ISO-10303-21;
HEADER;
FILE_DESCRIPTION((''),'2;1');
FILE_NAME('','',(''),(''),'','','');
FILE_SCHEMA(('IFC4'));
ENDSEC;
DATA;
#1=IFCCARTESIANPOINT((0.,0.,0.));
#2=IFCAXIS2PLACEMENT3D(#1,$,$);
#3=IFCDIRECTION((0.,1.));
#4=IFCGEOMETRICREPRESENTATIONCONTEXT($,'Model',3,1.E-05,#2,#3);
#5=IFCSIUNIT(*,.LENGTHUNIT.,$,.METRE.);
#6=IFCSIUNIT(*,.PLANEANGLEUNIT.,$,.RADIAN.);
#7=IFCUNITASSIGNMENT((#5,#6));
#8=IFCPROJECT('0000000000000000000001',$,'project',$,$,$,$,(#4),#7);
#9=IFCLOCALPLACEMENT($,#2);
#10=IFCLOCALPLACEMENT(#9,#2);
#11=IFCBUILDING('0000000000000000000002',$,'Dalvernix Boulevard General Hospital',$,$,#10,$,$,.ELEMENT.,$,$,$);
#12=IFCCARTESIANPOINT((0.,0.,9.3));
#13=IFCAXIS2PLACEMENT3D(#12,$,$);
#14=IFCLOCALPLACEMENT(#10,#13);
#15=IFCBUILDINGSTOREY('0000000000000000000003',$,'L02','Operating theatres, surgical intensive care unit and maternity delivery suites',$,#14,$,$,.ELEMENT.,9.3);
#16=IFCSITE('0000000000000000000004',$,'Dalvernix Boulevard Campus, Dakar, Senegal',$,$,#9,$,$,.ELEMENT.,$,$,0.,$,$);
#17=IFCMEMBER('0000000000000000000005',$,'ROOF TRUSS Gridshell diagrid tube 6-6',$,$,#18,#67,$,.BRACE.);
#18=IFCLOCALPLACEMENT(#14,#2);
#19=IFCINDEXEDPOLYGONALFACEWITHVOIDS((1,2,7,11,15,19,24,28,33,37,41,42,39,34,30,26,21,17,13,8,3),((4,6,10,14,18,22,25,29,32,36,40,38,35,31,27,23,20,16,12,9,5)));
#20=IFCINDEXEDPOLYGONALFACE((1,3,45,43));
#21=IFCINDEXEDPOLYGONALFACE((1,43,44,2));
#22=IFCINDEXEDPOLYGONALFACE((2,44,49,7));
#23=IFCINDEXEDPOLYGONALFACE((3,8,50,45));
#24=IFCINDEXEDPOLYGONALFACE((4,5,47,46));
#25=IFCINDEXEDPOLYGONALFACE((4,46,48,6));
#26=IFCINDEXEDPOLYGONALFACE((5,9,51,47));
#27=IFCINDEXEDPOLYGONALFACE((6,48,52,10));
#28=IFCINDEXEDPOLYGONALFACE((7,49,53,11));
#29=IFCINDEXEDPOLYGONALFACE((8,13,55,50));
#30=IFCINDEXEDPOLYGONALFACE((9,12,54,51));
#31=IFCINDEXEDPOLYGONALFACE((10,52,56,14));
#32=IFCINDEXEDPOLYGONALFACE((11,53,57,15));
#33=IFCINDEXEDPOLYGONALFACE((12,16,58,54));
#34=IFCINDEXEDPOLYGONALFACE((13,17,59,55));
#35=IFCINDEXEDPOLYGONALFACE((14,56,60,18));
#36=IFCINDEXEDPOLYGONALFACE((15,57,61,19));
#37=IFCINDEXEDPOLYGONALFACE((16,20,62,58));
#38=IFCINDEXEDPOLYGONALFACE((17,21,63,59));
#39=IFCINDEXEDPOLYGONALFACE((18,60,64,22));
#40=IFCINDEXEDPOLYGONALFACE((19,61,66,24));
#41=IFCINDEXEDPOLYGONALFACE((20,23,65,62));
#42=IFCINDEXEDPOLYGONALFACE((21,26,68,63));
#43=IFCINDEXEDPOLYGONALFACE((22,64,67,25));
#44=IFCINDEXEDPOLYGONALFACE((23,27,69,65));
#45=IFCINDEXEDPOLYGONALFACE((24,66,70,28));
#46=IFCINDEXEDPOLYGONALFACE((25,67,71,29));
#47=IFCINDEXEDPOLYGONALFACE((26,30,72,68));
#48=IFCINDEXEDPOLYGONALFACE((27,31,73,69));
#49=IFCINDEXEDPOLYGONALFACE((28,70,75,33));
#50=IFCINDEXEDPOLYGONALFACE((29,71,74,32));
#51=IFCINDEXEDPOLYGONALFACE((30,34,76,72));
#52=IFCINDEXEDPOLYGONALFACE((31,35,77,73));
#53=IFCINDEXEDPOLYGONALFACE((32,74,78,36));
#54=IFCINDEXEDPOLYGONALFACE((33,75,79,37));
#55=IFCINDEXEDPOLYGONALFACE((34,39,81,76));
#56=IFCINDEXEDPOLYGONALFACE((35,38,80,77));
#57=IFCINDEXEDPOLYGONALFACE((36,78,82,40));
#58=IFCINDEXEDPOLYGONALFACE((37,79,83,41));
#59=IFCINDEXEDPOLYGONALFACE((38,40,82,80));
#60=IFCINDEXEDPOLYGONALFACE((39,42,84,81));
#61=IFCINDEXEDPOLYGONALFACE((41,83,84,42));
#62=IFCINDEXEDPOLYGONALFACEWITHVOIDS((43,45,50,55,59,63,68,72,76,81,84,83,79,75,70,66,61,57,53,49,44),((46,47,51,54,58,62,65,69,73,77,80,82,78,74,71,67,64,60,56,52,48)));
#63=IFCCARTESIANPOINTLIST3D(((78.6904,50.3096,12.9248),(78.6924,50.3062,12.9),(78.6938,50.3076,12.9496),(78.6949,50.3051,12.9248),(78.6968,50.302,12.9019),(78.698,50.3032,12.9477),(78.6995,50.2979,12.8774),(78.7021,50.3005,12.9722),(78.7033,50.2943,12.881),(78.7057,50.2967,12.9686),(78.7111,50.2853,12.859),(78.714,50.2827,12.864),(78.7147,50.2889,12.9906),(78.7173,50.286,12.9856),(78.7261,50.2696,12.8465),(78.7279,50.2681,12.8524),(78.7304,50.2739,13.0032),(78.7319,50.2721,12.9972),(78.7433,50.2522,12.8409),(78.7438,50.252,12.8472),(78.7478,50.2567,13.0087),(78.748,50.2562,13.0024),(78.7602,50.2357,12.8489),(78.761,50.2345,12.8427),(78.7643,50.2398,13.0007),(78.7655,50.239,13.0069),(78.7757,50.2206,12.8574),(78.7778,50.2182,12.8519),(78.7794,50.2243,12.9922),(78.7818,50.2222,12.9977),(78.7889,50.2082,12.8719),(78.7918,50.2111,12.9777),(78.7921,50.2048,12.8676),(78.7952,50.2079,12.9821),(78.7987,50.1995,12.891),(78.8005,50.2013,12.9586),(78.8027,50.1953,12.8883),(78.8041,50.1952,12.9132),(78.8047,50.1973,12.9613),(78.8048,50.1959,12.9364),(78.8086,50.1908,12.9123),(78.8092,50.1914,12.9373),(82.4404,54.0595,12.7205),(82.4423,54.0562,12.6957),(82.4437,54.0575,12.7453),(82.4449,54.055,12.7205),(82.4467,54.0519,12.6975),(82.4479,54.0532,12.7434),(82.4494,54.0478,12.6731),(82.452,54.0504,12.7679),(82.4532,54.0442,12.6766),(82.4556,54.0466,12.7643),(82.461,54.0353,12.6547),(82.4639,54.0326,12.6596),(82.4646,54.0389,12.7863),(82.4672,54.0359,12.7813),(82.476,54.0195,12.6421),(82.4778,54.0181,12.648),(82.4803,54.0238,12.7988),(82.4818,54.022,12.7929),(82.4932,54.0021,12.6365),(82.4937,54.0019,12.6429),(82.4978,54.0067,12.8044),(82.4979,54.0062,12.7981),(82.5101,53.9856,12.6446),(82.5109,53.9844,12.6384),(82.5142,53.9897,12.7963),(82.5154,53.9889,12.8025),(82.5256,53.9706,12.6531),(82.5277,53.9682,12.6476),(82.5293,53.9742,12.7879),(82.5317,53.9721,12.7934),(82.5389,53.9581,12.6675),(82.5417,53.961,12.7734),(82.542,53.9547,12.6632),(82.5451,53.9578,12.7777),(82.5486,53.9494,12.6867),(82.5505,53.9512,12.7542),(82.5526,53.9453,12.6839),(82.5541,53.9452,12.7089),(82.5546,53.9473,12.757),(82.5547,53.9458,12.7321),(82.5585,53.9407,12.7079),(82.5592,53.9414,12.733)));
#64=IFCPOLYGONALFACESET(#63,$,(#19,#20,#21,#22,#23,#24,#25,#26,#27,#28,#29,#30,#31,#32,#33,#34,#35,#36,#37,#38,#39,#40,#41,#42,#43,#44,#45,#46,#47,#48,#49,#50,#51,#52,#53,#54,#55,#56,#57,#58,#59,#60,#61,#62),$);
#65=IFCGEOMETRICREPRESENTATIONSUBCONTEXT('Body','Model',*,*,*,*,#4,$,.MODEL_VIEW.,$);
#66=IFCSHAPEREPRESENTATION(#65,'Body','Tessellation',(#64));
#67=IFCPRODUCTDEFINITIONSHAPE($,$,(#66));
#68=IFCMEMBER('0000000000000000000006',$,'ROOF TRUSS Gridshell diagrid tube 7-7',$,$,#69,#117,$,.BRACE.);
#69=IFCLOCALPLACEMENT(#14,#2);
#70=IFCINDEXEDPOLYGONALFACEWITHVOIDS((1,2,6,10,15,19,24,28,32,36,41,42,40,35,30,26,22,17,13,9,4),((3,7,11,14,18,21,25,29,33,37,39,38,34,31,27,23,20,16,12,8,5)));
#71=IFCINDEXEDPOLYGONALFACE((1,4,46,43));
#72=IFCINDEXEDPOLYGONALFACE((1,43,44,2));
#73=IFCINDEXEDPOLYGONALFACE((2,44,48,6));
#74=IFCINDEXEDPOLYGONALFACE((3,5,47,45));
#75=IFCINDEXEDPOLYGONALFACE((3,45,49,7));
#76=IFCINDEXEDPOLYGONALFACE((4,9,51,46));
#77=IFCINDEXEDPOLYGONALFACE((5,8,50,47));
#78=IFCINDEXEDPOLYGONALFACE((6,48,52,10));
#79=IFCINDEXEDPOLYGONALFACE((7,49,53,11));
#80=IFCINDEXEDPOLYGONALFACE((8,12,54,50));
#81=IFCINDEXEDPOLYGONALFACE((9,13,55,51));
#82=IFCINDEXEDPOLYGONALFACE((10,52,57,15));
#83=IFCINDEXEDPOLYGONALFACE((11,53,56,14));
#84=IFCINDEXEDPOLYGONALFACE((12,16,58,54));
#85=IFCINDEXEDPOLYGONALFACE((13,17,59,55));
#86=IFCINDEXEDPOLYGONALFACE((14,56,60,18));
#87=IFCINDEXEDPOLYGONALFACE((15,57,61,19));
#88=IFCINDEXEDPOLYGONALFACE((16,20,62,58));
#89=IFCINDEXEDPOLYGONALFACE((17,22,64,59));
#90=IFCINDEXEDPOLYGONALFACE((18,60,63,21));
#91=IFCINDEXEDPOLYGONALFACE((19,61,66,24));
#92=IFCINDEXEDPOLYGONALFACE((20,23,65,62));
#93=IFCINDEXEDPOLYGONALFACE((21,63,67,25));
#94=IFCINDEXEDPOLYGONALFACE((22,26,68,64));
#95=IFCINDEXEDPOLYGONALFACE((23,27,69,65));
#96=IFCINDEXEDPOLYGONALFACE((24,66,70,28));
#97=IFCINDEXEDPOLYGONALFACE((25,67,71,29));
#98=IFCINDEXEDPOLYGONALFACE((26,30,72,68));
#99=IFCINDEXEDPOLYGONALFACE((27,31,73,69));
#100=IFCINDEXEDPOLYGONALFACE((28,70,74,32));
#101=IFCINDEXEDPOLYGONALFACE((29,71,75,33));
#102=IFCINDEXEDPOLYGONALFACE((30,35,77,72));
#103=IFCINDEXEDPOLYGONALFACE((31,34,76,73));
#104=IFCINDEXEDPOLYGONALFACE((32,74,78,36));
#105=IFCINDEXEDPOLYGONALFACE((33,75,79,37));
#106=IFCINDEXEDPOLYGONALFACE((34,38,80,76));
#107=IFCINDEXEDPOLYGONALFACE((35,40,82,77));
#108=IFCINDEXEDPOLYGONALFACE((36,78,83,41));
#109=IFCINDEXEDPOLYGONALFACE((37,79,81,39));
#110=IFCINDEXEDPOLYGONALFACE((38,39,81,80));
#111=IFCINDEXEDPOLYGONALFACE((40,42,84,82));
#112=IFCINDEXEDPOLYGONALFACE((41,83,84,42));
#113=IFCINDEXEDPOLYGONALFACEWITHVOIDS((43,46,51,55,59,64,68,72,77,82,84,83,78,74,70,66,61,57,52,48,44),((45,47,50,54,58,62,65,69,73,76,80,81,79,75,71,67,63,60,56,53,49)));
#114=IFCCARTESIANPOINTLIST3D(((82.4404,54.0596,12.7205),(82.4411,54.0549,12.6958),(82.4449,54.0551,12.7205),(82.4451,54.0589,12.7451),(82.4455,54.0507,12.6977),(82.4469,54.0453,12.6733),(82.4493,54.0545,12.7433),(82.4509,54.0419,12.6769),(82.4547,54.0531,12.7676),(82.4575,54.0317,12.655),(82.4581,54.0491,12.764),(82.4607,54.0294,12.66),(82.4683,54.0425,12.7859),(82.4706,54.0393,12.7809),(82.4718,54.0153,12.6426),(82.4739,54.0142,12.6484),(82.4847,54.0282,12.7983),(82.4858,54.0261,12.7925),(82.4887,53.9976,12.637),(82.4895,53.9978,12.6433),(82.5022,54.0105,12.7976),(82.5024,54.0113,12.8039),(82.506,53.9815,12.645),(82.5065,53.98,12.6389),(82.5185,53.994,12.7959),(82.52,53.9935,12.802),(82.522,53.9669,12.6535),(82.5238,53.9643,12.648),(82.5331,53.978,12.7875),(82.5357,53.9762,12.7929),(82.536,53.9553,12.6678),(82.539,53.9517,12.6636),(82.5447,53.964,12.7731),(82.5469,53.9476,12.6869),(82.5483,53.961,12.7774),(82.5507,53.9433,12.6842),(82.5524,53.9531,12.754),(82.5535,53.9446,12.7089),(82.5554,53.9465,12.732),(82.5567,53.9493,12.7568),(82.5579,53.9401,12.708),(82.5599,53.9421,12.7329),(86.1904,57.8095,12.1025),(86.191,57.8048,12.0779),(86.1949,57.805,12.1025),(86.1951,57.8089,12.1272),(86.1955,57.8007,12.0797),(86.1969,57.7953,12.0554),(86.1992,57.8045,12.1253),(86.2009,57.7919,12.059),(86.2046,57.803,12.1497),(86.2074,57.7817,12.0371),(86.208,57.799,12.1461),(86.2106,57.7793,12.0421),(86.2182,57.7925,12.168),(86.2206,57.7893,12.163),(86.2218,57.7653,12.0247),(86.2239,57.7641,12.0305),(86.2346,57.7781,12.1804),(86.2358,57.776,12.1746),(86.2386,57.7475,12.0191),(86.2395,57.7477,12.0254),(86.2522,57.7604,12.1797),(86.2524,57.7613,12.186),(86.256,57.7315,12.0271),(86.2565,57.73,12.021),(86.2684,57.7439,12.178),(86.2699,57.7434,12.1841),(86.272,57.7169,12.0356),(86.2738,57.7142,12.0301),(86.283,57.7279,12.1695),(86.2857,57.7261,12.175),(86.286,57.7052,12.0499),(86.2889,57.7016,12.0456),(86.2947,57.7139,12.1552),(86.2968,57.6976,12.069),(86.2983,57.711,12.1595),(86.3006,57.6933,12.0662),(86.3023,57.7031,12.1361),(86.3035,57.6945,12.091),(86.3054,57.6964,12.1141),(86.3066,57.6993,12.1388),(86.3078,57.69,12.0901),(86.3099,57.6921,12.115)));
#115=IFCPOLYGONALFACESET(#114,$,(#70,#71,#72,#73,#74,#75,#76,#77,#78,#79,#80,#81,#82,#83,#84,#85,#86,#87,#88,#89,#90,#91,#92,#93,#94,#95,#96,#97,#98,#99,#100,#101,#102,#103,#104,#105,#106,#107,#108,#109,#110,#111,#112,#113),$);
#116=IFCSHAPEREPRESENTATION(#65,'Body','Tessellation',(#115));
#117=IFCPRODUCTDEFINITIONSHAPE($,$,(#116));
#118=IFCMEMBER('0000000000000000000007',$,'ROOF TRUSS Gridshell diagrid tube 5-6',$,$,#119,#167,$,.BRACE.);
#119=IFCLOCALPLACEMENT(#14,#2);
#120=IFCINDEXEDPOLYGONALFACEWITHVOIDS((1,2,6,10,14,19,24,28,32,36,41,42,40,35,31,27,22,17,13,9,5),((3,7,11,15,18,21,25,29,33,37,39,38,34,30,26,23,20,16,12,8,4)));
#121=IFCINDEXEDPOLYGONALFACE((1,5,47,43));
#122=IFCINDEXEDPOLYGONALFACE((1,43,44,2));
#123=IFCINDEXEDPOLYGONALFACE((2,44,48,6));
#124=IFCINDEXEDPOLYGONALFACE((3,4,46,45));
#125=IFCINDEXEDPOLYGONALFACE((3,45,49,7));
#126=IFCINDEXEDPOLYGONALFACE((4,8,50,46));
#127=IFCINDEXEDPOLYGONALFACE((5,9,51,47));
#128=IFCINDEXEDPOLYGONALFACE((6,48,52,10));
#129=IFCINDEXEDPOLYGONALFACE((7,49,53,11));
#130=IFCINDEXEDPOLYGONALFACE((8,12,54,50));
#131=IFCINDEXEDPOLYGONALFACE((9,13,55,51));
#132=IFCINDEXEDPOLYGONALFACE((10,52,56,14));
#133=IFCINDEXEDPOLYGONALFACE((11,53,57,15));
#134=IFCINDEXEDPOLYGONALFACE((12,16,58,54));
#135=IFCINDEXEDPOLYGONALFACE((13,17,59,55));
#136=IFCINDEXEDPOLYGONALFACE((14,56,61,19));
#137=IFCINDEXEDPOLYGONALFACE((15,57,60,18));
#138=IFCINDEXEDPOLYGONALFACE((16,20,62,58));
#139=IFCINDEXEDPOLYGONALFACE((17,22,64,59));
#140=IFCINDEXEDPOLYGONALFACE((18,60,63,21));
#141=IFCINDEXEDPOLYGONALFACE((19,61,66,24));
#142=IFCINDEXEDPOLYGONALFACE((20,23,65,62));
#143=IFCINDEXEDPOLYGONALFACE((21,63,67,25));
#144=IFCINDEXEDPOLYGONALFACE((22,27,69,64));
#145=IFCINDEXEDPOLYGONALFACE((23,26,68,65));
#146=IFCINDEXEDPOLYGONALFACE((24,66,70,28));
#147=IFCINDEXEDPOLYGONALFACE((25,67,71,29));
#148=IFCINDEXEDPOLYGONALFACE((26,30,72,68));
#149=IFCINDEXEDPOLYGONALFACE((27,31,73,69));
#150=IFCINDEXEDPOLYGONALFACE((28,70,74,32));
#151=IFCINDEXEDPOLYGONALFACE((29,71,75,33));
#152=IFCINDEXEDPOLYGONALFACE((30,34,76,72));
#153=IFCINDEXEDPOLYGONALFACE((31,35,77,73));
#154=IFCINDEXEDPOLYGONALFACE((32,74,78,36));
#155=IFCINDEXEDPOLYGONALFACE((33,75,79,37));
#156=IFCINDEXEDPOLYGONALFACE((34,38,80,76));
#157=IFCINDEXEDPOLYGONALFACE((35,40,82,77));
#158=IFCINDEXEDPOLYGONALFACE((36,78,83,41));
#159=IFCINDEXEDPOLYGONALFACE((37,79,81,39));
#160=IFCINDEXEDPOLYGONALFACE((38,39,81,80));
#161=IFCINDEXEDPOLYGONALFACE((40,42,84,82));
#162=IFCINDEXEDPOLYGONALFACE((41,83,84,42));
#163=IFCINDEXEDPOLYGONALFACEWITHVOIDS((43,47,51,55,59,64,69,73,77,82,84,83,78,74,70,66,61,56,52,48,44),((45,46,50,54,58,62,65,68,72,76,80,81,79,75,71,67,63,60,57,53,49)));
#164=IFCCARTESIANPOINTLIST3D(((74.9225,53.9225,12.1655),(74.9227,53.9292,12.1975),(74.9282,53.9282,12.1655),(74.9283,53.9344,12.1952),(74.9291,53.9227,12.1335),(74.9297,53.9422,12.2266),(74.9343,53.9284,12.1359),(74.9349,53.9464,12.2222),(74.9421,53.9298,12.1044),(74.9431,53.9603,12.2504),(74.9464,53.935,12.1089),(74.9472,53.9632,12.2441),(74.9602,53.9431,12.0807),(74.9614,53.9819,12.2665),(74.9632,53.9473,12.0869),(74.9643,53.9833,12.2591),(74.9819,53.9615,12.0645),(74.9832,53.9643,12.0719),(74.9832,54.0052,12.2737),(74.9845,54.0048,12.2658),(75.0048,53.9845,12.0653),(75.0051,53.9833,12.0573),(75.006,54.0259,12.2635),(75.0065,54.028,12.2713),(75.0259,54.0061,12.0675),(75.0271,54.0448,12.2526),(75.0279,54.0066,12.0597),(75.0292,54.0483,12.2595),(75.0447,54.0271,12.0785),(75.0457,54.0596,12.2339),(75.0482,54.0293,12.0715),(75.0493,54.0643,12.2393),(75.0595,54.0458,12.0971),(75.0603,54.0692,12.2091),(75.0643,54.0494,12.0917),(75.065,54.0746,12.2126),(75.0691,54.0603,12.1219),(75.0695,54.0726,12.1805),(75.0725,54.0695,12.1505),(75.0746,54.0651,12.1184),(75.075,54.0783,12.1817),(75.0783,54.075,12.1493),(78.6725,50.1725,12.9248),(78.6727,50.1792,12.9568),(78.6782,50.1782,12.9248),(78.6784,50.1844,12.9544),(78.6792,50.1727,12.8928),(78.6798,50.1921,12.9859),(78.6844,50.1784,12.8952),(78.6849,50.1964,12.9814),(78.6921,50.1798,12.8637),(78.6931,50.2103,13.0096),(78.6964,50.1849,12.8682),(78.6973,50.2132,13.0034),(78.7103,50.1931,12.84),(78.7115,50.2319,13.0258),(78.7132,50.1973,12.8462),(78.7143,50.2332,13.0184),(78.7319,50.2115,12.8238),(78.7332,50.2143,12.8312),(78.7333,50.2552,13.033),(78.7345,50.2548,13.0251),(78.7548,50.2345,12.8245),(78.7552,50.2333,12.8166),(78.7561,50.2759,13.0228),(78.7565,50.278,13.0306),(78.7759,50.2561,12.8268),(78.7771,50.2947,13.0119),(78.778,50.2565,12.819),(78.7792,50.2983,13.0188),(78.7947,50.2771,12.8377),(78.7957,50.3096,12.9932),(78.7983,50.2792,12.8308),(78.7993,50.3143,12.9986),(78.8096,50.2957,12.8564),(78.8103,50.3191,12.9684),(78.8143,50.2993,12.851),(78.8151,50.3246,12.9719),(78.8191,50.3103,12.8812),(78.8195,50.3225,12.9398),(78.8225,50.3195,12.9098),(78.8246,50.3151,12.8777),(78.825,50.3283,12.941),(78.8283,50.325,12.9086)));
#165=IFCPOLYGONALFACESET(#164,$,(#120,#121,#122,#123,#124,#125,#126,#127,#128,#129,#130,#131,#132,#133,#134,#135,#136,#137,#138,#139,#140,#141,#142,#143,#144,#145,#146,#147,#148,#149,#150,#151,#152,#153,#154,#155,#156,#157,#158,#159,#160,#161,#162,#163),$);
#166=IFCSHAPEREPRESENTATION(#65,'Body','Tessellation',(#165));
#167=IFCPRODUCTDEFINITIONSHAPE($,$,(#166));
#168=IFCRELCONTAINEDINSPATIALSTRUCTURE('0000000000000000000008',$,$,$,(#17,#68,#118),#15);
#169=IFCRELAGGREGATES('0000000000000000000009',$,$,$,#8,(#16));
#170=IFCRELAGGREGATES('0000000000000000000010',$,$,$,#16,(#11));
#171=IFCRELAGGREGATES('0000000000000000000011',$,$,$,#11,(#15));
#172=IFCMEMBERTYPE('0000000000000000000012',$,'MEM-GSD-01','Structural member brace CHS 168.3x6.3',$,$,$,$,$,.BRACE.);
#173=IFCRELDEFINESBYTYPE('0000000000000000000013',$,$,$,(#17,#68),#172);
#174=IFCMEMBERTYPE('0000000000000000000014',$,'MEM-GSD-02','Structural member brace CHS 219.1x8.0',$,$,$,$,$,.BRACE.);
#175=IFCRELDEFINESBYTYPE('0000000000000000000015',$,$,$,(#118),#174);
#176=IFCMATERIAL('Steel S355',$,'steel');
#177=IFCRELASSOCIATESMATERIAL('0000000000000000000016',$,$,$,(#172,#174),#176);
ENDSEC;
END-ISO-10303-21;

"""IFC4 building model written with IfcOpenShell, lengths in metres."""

from ifc_helpers import new_model, si_unit, direction, frame, origin, origin_2d, place, context, subcontext, project, spatial, hollow_circle, extrude, material, material_profile, profile_set, type_object, element, save


model = new_model("IFC4")

# Units and contexts
model_context = context("Model", 3, precision=1e-05, world=origin(), true_north=direction((0.0, 1.0)))
body_context = subcontext(model_context, "Body", "Model", "MODEL_VIEW")
ifc_project = project(units=[si_unit("LENGTHUNIT", "METRE"), si_unit("PLANEANGLEUNIT", "RADIAN")], contexts=[model_context])

# Site, building, storey
site_placement = place(None, origin())
site = spatial("IfcSite", under=ifc_project, at=site_placement, Name="Dalvernix Boulevard Campus, Dakar, Senegal", CompositionType="ELEMENT", RefElevation=0.0)
building_placement = place(site_placement, origin())
building = spatial("IfcBuilding", under=site, at=building_placement, Name="Dalvernix Boulevard General Hospital", CompositionType="ELEMENT")
storey_placement = place(building_placement, frame((0.0, 0.0, 9.3)))
storey = spatial("IfcBuildingStorey", under=building, at=storey_placement, Name="L02", Description="Operating theatres, surgical intensive care unit and maternity delivery suites", CompositionType="ELEMENT", Elevation=9.3)

# Shared definitions
ifc_material_1 = material(Name="Steel S355", Category="steel")

# Members
ifc_material_profile_1 = material_profile(ifc_material_1, hollow_circle(Radius=0.0842, WallThickness=0.0063, at=origin_2d()), Name="CHS 168.3x6.3")
ifc_profile_set_1 = profile_set([ifc_material_profile_1], Name="Steel S355")
member_type_1 = type_object("IfcMemberType", Name="MEM-GSD-01", Description="Structural member brace CHS 168.3x6.3", PredefinedType="BRACE", material=ifc_profile_set_1)
member_1_placement = place(storey_placement, frame((78.75, 50.25, 12.9248), z_axis=(0.706582, 0.706582, -0.038503), x_axis=(-0.707107, 0.707107, 0.0)))
element("IfcMember", 1, at=member_1_placement, inside=storey, type_object=member_type_1, Name="ROOF TRUSS Gridshell diagrid tube 6-6", PredefinedType="BRACE", context=body_context, shape_type="SweptSolid", body=[
    extrude(hollow_circle(Radius=0.0842, WallThickness=0.0063, at=origin_2d()), origin(), (0.0, 0.0, 1.0), 5.3071),
])
member_2_placement = place(storey_placement, frame((82.5, 54.0, 12.7205), z_axis=(0.702355, 0.702355, -0.115733), x_axis=(-0.707107, 0.707107, 0.0)))
element("IfcMember", 2, at=member_2_placement, inside=storey, type_object=member_type_1, Name="ROOF TRUSS Gridshell diagrid tube 7-7", PredefinedType="BRACE", context=body_context, shape_type="SweptSolid", body=[
    extrude(hollow_circle(Radius=0.0842, WallThickness=0.0063, at=origin_2d()), origin(), (0.0, 0.0, 1.0), 5.3391),
])
ifc_material_profile_2 = material_profile(ifc_material_1, hollow_circle(Radius=0.1096, WallThickness=0.0081, at=origin_2d()), Name="CHS 219.1x8.0")
ifc_profile_set_2 = profile_set([ifc_material_profile_2], Name="Steel S355")
member_type_2 = type_object("IfcMemberType", Name="MEM-GSD-02", Description="Structural member brace CHS 219.1x8.0", PredefinedType="BRACE", material=ifc_profile_set_2)
member_3_placement = place(storey_placement, frame((78.75, 50.25, 12.9248), z_axis=(-0.699969, 0.699969, -0.141726), x_axis=(-0.707107, -0.707107, 0.0)))
element("IfcMember", 3, at=member_3_placement, inside=storey, type_object=member_type_2, Name="ROOF TRUSS Gridshell diagrid tube 5-6", PredefinedType="BRACE", context=body_context, shape_type="SweptSolid", body=[
    extrude(hollow_circle(Radius=0.1096, WallThickness=0.0081, at=origin_2d()), origin(), (0.0, 0.0, 1.0), 5.3574),
])

save(model, "model.ifc")
